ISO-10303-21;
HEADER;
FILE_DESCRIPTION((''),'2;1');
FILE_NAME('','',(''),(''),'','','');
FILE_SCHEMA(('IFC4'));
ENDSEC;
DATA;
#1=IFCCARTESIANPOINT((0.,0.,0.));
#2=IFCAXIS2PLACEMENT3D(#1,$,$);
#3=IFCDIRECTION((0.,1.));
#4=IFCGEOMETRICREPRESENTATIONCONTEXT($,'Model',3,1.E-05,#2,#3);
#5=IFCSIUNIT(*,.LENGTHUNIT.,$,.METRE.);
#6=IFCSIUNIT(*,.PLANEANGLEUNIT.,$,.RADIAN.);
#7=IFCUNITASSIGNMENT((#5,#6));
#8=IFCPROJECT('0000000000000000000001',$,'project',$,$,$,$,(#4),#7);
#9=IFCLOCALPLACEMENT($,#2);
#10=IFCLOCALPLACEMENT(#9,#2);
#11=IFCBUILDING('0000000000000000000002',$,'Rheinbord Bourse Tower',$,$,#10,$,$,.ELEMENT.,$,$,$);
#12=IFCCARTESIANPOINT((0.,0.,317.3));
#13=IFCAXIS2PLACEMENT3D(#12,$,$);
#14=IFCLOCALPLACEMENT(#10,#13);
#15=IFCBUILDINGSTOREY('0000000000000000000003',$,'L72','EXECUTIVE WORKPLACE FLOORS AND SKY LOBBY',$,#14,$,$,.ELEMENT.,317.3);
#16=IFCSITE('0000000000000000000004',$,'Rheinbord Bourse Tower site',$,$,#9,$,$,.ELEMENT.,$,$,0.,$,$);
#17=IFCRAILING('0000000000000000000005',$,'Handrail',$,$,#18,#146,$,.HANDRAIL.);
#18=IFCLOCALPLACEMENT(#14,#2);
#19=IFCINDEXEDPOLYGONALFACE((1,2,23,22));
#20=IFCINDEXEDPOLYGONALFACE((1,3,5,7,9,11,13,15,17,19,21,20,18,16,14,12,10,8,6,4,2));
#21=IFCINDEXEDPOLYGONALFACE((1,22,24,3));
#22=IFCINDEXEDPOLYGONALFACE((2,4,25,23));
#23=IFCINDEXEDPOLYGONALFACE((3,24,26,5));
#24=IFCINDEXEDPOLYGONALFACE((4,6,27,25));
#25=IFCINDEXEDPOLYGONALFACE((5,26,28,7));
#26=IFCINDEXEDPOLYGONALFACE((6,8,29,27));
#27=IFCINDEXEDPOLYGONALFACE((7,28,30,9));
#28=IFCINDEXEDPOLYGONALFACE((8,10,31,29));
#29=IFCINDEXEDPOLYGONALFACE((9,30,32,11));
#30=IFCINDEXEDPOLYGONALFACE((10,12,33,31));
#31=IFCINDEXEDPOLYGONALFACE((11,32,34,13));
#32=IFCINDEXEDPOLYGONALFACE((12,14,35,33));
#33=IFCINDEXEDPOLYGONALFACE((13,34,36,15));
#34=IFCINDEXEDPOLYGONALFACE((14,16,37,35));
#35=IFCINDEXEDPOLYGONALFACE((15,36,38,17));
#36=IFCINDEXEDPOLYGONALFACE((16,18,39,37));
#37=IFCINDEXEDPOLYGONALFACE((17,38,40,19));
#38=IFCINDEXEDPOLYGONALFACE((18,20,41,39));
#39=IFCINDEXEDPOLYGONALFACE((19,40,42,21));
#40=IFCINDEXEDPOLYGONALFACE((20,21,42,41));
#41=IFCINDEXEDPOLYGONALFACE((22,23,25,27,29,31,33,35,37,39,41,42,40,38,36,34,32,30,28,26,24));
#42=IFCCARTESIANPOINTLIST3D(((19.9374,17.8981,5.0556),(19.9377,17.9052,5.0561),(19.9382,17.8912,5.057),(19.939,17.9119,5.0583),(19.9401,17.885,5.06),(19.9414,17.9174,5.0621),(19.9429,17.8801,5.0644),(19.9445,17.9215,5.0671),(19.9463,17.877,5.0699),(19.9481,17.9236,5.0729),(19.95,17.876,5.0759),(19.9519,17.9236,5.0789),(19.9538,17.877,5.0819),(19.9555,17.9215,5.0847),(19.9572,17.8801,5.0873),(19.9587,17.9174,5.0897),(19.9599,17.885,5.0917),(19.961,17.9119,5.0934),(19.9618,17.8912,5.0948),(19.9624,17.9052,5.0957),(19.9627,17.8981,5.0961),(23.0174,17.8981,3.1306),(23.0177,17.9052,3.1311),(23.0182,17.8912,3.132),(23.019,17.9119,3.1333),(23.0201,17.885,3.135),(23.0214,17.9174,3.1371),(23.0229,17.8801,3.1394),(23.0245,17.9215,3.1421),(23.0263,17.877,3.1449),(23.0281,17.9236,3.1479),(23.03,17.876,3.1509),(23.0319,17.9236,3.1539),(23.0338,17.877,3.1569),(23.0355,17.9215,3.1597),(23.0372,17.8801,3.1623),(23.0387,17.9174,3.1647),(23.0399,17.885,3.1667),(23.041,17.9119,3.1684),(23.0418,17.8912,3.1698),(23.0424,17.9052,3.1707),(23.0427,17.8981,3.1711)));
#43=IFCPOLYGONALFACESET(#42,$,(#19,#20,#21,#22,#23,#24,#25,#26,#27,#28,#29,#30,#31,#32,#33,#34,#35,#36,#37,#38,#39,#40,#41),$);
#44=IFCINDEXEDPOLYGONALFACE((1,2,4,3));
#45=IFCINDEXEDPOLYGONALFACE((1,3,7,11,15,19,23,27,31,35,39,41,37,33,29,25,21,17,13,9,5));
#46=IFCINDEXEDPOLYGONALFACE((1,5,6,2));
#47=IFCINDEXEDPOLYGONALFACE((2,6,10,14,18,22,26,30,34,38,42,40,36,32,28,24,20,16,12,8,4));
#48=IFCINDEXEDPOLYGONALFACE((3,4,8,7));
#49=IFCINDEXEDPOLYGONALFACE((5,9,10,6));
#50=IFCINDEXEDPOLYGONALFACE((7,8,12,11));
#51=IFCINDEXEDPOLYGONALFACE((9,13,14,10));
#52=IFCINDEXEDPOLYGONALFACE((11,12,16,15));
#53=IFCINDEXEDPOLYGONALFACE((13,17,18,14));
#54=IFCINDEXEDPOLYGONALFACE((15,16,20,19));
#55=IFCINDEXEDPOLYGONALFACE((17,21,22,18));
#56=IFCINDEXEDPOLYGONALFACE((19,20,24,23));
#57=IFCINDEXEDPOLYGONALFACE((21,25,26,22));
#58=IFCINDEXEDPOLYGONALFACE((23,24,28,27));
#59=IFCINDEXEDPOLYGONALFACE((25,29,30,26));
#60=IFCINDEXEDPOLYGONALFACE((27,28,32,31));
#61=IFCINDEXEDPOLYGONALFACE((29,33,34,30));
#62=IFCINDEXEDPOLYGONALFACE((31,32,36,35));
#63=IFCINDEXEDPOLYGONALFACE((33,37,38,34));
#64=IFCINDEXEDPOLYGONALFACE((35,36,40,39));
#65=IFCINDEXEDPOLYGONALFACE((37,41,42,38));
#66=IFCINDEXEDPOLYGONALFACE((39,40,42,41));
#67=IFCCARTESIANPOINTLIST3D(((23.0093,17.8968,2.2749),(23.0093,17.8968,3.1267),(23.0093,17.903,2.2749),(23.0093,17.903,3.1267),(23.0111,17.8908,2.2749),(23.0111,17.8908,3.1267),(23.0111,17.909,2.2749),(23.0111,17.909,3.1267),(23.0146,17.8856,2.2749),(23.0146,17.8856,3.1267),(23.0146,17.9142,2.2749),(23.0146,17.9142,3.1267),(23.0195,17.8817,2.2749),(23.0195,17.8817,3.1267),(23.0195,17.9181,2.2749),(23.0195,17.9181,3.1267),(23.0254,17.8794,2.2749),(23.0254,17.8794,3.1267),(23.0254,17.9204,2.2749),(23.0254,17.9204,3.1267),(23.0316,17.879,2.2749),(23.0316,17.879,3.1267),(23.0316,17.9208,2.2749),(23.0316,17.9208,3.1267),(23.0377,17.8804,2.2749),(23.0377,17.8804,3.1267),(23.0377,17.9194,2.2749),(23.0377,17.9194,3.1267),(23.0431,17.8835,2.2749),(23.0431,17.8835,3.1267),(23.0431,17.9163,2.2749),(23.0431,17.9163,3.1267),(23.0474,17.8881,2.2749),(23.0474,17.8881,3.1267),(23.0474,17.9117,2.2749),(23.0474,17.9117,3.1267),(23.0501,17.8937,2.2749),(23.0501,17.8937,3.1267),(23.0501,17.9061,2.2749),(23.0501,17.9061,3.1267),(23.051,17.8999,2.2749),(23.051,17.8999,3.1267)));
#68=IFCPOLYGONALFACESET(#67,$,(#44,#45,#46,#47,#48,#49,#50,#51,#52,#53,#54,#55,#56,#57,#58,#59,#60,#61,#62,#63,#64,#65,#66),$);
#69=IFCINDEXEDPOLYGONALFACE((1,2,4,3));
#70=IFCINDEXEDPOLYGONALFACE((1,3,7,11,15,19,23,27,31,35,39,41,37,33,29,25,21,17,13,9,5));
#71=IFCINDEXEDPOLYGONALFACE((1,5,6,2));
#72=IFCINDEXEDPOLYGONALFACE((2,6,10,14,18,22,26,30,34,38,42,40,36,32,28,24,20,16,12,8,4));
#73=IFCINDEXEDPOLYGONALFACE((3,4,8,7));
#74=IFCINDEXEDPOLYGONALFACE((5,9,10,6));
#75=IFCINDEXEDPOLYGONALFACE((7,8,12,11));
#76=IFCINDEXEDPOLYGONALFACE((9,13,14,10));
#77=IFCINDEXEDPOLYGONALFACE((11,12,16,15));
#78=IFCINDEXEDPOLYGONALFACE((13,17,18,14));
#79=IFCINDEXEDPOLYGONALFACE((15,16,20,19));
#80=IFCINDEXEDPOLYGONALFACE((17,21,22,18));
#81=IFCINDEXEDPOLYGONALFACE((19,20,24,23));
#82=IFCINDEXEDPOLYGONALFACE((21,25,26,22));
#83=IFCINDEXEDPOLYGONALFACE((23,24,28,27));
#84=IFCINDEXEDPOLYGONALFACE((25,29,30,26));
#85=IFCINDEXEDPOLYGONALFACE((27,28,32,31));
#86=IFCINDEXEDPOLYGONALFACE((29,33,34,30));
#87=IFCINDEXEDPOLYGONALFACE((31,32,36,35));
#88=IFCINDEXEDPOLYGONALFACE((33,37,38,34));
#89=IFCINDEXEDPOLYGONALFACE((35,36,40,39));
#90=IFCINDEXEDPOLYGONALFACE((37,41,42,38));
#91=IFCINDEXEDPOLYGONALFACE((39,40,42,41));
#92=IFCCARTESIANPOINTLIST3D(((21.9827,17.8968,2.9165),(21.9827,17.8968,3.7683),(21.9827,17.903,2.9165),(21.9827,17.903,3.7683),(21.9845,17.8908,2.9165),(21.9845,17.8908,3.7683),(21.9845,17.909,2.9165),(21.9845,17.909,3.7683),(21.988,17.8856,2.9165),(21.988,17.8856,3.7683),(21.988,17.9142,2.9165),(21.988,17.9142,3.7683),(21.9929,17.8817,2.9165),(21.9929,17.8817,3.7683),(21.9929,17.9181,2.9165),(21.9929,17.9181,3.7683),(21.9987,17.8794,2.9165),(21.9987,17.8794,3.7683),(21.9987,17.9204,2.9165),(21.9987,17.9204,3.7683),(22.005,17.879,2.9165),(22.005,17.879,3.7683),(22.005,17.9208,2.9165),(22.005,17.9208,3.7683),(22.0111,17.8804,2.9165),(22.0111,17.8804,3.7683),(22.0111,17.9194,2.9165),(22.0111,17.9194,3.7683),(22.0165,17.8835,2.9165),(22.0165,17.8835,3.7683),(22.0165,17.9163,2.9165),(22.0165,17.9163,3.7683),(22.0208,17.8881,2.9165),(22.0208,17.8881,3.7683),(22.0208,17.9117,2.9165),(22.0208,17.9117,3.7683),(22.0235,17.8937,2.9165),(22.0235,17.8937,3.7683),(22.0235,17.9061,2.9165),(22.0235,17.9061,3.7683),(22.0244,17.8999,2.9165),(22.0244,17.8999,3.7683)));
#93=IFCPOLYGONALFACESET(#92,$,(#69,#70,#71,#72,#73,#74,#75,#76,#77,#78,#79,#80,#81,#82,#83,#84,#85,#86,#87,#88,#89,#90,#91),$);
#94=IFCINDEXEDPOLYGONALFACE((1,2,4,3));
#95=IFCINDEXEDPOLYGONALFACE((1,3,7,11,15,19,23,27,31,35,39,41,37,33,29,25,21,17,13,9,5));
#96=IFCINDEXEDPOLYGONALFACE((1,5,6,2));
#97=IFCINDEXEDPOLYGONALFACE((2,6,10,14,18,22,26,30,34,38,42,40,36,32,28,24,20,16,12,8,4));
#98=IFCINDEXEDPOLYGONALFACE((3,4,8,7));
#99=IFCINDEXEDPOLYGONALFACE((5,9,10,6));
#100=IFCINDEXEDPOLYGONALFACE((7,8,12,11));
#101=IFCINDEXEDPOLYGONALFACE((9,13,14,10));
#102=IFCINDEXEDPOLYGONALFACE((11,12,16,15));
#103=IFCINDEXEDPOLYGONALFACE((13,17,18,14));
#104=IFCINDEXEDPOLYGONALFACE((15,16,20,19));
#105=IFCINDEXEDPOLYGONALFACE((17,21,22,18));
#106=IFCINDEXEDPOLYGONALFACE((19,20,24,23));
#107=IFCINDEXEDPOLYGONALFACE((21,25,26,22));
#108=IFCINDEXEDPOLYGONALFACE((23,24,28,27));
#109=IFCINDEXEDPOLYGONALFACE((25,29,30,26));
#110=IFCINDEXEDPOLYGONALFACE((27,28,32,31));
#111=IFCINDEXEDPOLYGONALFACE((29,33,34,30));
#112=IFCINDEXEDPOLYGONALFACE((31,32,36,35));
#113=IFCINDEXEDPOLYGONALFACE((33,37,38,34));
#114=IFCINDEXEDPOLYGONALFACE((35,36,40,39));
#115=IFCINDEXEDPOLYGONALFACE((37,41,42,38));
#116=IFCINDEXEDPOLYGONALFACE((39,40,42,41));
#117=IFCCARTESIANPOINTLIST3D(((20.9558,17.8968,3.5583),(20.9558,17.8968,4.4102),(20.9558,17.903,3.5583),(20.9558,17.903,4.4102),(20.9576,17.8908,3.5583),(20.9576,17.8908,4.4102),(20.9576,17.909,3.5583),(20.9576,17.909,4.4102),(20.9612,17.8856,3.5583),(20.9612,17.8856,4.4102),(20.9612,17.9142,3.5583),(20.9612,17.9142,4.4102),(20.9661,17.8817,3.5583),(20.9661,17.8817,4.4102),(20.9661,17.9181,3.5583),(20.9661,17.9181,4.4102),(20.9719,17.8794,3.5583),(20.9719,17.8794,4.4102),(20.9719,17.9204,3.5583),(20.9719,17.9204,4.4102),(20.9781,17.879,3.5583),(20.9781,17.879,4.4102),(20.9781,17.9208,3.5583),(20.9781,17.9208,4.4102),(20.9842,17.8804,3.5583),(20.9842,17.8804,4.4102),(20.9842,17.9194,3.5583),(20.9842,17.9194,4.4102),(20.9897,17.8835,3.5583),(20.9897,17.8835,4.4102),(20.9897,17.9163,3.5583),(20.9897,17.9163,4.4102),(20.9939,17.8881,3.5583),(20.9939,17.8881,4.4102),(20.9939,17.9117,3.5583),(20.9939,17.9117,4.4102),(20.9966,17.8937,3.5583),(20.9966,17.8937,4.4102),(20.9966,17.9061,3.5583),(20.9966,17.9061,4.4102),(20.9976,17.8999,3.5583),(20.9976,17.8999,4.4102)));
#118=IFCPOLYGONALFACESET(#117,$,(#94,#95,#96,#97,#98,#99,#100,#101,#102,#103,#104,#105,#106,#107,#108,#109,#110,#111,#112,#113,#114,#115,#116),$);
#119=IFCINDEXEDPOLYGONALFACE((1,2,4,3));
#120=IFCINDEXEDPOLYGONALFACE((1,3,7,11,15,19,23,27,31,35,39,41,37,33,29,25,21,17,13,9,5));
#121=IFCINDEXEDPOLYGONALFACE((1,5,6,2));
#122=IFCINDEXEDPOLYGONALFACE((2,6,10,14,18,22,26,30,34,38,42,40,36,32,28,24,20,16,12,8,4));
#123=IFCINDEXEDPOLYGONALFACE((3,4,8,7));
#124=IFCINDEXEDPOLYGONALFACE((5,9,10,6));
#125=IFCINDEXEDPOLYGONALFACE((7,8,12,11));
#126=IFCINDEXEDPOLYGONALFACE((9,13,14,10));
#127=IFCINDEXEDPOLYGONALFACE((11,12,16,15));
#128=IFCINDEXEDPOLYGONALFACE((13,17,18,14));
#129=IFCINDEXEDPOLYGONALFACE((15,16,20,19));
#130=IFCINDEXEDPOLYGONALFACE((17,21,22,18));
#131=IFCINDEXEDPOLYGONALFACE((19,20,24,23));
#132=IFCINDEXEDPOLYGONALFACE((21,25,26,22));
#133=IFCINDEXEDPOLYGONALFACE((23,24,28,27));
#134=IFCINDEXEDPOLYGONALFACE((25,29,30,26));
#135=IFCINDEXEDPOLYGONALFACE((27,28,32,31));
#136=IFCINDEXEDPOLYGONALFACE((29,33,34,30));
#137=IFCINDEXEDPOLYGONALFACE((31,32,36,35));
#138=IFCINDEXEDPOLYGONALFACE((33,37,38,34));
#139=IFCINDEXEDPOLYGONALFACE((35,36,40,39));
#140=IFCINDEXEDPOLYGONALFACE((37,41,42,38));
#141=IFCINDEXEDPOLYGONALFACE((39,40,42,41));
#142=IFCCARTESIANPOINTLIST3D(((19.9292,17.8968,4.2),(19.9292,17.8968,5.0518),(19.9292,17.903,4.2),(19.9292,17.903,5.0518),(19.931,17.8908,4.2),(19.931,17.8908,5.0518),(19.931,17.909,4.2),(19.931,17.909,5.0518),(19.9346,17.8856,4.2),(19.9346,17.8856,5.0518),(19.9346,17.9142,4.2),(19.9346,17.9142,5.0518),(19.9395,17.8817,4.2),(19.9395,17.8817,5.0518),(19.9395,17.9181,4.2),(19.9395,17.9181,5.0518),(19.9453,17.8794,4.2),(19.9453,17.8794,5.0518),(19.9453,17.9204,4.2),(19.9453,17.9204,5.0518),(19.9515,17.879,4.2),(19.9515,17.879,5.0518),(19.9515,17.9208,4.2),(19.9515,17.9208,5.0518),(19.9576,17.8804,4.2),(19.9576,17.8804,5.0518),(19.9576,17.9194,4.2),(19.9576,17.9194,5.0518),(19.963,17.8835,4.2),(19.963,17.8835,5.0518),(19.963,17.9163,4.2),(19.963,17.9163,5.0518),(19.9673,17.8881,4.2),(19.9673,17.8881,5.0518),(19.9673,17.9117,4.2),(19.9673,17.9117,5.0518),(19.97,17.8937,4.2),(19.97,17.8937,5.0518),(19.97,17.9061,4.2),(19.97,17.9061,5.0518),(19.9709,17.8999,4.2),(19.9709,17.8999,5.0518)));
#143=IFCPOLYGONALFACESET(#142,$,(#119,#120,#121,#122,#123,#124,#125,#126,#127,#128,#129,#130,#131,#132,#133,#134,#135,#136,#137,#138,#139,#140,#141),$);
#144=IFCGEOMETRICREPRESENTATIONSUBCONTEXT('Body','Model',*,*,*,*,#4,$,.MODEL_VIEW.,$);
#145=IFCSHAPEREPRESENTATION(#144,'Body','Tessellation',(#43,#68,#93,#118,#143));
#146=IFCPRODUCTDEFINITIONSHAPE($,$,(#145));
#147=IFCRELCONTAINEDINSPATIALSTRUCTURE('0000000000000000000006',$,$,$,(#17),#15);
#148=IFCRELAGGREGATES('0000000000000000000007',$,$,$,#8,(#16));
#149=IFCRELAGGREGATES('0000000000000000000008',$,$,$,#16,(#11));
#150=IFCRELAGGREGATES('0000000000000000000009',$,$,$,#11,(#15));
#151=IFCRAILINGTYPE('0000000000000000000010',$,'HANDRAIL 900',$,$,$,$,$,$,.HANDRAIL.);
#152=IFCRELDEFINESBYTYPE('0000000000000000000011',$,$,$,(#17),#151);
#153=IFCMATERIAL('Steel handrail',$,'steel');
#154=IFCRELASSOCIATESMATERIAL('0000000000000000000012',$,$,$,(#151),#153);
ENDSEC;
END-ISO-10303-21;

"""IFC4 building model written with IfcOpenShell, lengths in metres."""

from ifc_helpers import new_model, si_unit, direction, frame, origin, origin_2d, place, context, subcontext, project, spatial, circle, extrude, material, type_object, element, save


model = new_model("IFC4")

# Units and contexts
model_context = context("Model", 3, precision=1e-05, world=origin(), true_north=direction((0.0, 1.0)))
body_context = subcontext(model_context, "Body", "Model", "MODEL_VIEW")
ifc_project = project(units=[si_unit("LENGTHUNIT", "METRE"), si_unit("PLANEANGLEUNIT", "RADIAN")], contexts=[model_context])

# Site, building, storey
site_placement = place(None, origin())
site = spatial("IfcSite", under=ifc_project, at=site_placement, Name="Rheinbord Bourse Tower site", CompositionType="ELEMENT", RefElevation=0.0)
building_placement = place(site_placement, origin())
building = spatial("IfcBuilding", under=site, at=building_placement, Name="Rheinbord Bourse Tower", CompositionType="ELEMENT")
storey_placement = place(building_placement, frame((0.0, 0.0, 317.3)))
storey = spatial("IfcBuildingStorey", under=building, at=storey_placement, Name="L72", Description="EXECUTIVE WORKPLACE FLOORS AND SKY LOBBY", CompositionType="ELEMENT", Elevation=317.3)

# Railing
ifc_material_1 = material(Name="Steel handrail", Category="steel")
railing_type = type_object("IfcRailingType", Name="HANDRAIL 900", PredefinedType="HANDRAIL", material=ifc_material_1)
railing_1_placement = place(storey_placement, frame((23.03, 17.8999, 2.2749)))
element("IfcRailing", 1, at=railing_1_placement, inside=storey, type_object=railing_type, Name="Handrail", PredefinedType="HANDRAIL", context=body_context, shape_type="SweptSolid", body=[
    extrude(circle(Radius=0.0239, at=origin_2d()), frame((0.0, 0.0, 0.876), z_axis=(-0.847998, 0.0, 0.529999), x_axis=(0.0, -1.0, 0.0)), (0.0, 0.0, 1.0), 3.6321),
    extrude(circle(Radius=0.021, at=origin_2d()), origin(), (0.0, 0.0, 1.0), 0.8518),
    extrude(circle(Radius=0.021, at=origin_2d()), frame((-1.0266, 0.0, 0.6416)), (0.0, 0.0, 1.0), 0.8518),
    extrude(circle(Radius=0.021, at=origin_2d()), frame((-2.0535, 0.0, 1.2834)), (0.0, 0.0, 1.0), 0.8518),
    extrude(circle(Radius=0.021, at=origin_2d()), frame((-3.0801, 0.0, 1.925)), (0.0, 0.0, 1.0), 0.8518),
])

save(model, "model.ifc")
